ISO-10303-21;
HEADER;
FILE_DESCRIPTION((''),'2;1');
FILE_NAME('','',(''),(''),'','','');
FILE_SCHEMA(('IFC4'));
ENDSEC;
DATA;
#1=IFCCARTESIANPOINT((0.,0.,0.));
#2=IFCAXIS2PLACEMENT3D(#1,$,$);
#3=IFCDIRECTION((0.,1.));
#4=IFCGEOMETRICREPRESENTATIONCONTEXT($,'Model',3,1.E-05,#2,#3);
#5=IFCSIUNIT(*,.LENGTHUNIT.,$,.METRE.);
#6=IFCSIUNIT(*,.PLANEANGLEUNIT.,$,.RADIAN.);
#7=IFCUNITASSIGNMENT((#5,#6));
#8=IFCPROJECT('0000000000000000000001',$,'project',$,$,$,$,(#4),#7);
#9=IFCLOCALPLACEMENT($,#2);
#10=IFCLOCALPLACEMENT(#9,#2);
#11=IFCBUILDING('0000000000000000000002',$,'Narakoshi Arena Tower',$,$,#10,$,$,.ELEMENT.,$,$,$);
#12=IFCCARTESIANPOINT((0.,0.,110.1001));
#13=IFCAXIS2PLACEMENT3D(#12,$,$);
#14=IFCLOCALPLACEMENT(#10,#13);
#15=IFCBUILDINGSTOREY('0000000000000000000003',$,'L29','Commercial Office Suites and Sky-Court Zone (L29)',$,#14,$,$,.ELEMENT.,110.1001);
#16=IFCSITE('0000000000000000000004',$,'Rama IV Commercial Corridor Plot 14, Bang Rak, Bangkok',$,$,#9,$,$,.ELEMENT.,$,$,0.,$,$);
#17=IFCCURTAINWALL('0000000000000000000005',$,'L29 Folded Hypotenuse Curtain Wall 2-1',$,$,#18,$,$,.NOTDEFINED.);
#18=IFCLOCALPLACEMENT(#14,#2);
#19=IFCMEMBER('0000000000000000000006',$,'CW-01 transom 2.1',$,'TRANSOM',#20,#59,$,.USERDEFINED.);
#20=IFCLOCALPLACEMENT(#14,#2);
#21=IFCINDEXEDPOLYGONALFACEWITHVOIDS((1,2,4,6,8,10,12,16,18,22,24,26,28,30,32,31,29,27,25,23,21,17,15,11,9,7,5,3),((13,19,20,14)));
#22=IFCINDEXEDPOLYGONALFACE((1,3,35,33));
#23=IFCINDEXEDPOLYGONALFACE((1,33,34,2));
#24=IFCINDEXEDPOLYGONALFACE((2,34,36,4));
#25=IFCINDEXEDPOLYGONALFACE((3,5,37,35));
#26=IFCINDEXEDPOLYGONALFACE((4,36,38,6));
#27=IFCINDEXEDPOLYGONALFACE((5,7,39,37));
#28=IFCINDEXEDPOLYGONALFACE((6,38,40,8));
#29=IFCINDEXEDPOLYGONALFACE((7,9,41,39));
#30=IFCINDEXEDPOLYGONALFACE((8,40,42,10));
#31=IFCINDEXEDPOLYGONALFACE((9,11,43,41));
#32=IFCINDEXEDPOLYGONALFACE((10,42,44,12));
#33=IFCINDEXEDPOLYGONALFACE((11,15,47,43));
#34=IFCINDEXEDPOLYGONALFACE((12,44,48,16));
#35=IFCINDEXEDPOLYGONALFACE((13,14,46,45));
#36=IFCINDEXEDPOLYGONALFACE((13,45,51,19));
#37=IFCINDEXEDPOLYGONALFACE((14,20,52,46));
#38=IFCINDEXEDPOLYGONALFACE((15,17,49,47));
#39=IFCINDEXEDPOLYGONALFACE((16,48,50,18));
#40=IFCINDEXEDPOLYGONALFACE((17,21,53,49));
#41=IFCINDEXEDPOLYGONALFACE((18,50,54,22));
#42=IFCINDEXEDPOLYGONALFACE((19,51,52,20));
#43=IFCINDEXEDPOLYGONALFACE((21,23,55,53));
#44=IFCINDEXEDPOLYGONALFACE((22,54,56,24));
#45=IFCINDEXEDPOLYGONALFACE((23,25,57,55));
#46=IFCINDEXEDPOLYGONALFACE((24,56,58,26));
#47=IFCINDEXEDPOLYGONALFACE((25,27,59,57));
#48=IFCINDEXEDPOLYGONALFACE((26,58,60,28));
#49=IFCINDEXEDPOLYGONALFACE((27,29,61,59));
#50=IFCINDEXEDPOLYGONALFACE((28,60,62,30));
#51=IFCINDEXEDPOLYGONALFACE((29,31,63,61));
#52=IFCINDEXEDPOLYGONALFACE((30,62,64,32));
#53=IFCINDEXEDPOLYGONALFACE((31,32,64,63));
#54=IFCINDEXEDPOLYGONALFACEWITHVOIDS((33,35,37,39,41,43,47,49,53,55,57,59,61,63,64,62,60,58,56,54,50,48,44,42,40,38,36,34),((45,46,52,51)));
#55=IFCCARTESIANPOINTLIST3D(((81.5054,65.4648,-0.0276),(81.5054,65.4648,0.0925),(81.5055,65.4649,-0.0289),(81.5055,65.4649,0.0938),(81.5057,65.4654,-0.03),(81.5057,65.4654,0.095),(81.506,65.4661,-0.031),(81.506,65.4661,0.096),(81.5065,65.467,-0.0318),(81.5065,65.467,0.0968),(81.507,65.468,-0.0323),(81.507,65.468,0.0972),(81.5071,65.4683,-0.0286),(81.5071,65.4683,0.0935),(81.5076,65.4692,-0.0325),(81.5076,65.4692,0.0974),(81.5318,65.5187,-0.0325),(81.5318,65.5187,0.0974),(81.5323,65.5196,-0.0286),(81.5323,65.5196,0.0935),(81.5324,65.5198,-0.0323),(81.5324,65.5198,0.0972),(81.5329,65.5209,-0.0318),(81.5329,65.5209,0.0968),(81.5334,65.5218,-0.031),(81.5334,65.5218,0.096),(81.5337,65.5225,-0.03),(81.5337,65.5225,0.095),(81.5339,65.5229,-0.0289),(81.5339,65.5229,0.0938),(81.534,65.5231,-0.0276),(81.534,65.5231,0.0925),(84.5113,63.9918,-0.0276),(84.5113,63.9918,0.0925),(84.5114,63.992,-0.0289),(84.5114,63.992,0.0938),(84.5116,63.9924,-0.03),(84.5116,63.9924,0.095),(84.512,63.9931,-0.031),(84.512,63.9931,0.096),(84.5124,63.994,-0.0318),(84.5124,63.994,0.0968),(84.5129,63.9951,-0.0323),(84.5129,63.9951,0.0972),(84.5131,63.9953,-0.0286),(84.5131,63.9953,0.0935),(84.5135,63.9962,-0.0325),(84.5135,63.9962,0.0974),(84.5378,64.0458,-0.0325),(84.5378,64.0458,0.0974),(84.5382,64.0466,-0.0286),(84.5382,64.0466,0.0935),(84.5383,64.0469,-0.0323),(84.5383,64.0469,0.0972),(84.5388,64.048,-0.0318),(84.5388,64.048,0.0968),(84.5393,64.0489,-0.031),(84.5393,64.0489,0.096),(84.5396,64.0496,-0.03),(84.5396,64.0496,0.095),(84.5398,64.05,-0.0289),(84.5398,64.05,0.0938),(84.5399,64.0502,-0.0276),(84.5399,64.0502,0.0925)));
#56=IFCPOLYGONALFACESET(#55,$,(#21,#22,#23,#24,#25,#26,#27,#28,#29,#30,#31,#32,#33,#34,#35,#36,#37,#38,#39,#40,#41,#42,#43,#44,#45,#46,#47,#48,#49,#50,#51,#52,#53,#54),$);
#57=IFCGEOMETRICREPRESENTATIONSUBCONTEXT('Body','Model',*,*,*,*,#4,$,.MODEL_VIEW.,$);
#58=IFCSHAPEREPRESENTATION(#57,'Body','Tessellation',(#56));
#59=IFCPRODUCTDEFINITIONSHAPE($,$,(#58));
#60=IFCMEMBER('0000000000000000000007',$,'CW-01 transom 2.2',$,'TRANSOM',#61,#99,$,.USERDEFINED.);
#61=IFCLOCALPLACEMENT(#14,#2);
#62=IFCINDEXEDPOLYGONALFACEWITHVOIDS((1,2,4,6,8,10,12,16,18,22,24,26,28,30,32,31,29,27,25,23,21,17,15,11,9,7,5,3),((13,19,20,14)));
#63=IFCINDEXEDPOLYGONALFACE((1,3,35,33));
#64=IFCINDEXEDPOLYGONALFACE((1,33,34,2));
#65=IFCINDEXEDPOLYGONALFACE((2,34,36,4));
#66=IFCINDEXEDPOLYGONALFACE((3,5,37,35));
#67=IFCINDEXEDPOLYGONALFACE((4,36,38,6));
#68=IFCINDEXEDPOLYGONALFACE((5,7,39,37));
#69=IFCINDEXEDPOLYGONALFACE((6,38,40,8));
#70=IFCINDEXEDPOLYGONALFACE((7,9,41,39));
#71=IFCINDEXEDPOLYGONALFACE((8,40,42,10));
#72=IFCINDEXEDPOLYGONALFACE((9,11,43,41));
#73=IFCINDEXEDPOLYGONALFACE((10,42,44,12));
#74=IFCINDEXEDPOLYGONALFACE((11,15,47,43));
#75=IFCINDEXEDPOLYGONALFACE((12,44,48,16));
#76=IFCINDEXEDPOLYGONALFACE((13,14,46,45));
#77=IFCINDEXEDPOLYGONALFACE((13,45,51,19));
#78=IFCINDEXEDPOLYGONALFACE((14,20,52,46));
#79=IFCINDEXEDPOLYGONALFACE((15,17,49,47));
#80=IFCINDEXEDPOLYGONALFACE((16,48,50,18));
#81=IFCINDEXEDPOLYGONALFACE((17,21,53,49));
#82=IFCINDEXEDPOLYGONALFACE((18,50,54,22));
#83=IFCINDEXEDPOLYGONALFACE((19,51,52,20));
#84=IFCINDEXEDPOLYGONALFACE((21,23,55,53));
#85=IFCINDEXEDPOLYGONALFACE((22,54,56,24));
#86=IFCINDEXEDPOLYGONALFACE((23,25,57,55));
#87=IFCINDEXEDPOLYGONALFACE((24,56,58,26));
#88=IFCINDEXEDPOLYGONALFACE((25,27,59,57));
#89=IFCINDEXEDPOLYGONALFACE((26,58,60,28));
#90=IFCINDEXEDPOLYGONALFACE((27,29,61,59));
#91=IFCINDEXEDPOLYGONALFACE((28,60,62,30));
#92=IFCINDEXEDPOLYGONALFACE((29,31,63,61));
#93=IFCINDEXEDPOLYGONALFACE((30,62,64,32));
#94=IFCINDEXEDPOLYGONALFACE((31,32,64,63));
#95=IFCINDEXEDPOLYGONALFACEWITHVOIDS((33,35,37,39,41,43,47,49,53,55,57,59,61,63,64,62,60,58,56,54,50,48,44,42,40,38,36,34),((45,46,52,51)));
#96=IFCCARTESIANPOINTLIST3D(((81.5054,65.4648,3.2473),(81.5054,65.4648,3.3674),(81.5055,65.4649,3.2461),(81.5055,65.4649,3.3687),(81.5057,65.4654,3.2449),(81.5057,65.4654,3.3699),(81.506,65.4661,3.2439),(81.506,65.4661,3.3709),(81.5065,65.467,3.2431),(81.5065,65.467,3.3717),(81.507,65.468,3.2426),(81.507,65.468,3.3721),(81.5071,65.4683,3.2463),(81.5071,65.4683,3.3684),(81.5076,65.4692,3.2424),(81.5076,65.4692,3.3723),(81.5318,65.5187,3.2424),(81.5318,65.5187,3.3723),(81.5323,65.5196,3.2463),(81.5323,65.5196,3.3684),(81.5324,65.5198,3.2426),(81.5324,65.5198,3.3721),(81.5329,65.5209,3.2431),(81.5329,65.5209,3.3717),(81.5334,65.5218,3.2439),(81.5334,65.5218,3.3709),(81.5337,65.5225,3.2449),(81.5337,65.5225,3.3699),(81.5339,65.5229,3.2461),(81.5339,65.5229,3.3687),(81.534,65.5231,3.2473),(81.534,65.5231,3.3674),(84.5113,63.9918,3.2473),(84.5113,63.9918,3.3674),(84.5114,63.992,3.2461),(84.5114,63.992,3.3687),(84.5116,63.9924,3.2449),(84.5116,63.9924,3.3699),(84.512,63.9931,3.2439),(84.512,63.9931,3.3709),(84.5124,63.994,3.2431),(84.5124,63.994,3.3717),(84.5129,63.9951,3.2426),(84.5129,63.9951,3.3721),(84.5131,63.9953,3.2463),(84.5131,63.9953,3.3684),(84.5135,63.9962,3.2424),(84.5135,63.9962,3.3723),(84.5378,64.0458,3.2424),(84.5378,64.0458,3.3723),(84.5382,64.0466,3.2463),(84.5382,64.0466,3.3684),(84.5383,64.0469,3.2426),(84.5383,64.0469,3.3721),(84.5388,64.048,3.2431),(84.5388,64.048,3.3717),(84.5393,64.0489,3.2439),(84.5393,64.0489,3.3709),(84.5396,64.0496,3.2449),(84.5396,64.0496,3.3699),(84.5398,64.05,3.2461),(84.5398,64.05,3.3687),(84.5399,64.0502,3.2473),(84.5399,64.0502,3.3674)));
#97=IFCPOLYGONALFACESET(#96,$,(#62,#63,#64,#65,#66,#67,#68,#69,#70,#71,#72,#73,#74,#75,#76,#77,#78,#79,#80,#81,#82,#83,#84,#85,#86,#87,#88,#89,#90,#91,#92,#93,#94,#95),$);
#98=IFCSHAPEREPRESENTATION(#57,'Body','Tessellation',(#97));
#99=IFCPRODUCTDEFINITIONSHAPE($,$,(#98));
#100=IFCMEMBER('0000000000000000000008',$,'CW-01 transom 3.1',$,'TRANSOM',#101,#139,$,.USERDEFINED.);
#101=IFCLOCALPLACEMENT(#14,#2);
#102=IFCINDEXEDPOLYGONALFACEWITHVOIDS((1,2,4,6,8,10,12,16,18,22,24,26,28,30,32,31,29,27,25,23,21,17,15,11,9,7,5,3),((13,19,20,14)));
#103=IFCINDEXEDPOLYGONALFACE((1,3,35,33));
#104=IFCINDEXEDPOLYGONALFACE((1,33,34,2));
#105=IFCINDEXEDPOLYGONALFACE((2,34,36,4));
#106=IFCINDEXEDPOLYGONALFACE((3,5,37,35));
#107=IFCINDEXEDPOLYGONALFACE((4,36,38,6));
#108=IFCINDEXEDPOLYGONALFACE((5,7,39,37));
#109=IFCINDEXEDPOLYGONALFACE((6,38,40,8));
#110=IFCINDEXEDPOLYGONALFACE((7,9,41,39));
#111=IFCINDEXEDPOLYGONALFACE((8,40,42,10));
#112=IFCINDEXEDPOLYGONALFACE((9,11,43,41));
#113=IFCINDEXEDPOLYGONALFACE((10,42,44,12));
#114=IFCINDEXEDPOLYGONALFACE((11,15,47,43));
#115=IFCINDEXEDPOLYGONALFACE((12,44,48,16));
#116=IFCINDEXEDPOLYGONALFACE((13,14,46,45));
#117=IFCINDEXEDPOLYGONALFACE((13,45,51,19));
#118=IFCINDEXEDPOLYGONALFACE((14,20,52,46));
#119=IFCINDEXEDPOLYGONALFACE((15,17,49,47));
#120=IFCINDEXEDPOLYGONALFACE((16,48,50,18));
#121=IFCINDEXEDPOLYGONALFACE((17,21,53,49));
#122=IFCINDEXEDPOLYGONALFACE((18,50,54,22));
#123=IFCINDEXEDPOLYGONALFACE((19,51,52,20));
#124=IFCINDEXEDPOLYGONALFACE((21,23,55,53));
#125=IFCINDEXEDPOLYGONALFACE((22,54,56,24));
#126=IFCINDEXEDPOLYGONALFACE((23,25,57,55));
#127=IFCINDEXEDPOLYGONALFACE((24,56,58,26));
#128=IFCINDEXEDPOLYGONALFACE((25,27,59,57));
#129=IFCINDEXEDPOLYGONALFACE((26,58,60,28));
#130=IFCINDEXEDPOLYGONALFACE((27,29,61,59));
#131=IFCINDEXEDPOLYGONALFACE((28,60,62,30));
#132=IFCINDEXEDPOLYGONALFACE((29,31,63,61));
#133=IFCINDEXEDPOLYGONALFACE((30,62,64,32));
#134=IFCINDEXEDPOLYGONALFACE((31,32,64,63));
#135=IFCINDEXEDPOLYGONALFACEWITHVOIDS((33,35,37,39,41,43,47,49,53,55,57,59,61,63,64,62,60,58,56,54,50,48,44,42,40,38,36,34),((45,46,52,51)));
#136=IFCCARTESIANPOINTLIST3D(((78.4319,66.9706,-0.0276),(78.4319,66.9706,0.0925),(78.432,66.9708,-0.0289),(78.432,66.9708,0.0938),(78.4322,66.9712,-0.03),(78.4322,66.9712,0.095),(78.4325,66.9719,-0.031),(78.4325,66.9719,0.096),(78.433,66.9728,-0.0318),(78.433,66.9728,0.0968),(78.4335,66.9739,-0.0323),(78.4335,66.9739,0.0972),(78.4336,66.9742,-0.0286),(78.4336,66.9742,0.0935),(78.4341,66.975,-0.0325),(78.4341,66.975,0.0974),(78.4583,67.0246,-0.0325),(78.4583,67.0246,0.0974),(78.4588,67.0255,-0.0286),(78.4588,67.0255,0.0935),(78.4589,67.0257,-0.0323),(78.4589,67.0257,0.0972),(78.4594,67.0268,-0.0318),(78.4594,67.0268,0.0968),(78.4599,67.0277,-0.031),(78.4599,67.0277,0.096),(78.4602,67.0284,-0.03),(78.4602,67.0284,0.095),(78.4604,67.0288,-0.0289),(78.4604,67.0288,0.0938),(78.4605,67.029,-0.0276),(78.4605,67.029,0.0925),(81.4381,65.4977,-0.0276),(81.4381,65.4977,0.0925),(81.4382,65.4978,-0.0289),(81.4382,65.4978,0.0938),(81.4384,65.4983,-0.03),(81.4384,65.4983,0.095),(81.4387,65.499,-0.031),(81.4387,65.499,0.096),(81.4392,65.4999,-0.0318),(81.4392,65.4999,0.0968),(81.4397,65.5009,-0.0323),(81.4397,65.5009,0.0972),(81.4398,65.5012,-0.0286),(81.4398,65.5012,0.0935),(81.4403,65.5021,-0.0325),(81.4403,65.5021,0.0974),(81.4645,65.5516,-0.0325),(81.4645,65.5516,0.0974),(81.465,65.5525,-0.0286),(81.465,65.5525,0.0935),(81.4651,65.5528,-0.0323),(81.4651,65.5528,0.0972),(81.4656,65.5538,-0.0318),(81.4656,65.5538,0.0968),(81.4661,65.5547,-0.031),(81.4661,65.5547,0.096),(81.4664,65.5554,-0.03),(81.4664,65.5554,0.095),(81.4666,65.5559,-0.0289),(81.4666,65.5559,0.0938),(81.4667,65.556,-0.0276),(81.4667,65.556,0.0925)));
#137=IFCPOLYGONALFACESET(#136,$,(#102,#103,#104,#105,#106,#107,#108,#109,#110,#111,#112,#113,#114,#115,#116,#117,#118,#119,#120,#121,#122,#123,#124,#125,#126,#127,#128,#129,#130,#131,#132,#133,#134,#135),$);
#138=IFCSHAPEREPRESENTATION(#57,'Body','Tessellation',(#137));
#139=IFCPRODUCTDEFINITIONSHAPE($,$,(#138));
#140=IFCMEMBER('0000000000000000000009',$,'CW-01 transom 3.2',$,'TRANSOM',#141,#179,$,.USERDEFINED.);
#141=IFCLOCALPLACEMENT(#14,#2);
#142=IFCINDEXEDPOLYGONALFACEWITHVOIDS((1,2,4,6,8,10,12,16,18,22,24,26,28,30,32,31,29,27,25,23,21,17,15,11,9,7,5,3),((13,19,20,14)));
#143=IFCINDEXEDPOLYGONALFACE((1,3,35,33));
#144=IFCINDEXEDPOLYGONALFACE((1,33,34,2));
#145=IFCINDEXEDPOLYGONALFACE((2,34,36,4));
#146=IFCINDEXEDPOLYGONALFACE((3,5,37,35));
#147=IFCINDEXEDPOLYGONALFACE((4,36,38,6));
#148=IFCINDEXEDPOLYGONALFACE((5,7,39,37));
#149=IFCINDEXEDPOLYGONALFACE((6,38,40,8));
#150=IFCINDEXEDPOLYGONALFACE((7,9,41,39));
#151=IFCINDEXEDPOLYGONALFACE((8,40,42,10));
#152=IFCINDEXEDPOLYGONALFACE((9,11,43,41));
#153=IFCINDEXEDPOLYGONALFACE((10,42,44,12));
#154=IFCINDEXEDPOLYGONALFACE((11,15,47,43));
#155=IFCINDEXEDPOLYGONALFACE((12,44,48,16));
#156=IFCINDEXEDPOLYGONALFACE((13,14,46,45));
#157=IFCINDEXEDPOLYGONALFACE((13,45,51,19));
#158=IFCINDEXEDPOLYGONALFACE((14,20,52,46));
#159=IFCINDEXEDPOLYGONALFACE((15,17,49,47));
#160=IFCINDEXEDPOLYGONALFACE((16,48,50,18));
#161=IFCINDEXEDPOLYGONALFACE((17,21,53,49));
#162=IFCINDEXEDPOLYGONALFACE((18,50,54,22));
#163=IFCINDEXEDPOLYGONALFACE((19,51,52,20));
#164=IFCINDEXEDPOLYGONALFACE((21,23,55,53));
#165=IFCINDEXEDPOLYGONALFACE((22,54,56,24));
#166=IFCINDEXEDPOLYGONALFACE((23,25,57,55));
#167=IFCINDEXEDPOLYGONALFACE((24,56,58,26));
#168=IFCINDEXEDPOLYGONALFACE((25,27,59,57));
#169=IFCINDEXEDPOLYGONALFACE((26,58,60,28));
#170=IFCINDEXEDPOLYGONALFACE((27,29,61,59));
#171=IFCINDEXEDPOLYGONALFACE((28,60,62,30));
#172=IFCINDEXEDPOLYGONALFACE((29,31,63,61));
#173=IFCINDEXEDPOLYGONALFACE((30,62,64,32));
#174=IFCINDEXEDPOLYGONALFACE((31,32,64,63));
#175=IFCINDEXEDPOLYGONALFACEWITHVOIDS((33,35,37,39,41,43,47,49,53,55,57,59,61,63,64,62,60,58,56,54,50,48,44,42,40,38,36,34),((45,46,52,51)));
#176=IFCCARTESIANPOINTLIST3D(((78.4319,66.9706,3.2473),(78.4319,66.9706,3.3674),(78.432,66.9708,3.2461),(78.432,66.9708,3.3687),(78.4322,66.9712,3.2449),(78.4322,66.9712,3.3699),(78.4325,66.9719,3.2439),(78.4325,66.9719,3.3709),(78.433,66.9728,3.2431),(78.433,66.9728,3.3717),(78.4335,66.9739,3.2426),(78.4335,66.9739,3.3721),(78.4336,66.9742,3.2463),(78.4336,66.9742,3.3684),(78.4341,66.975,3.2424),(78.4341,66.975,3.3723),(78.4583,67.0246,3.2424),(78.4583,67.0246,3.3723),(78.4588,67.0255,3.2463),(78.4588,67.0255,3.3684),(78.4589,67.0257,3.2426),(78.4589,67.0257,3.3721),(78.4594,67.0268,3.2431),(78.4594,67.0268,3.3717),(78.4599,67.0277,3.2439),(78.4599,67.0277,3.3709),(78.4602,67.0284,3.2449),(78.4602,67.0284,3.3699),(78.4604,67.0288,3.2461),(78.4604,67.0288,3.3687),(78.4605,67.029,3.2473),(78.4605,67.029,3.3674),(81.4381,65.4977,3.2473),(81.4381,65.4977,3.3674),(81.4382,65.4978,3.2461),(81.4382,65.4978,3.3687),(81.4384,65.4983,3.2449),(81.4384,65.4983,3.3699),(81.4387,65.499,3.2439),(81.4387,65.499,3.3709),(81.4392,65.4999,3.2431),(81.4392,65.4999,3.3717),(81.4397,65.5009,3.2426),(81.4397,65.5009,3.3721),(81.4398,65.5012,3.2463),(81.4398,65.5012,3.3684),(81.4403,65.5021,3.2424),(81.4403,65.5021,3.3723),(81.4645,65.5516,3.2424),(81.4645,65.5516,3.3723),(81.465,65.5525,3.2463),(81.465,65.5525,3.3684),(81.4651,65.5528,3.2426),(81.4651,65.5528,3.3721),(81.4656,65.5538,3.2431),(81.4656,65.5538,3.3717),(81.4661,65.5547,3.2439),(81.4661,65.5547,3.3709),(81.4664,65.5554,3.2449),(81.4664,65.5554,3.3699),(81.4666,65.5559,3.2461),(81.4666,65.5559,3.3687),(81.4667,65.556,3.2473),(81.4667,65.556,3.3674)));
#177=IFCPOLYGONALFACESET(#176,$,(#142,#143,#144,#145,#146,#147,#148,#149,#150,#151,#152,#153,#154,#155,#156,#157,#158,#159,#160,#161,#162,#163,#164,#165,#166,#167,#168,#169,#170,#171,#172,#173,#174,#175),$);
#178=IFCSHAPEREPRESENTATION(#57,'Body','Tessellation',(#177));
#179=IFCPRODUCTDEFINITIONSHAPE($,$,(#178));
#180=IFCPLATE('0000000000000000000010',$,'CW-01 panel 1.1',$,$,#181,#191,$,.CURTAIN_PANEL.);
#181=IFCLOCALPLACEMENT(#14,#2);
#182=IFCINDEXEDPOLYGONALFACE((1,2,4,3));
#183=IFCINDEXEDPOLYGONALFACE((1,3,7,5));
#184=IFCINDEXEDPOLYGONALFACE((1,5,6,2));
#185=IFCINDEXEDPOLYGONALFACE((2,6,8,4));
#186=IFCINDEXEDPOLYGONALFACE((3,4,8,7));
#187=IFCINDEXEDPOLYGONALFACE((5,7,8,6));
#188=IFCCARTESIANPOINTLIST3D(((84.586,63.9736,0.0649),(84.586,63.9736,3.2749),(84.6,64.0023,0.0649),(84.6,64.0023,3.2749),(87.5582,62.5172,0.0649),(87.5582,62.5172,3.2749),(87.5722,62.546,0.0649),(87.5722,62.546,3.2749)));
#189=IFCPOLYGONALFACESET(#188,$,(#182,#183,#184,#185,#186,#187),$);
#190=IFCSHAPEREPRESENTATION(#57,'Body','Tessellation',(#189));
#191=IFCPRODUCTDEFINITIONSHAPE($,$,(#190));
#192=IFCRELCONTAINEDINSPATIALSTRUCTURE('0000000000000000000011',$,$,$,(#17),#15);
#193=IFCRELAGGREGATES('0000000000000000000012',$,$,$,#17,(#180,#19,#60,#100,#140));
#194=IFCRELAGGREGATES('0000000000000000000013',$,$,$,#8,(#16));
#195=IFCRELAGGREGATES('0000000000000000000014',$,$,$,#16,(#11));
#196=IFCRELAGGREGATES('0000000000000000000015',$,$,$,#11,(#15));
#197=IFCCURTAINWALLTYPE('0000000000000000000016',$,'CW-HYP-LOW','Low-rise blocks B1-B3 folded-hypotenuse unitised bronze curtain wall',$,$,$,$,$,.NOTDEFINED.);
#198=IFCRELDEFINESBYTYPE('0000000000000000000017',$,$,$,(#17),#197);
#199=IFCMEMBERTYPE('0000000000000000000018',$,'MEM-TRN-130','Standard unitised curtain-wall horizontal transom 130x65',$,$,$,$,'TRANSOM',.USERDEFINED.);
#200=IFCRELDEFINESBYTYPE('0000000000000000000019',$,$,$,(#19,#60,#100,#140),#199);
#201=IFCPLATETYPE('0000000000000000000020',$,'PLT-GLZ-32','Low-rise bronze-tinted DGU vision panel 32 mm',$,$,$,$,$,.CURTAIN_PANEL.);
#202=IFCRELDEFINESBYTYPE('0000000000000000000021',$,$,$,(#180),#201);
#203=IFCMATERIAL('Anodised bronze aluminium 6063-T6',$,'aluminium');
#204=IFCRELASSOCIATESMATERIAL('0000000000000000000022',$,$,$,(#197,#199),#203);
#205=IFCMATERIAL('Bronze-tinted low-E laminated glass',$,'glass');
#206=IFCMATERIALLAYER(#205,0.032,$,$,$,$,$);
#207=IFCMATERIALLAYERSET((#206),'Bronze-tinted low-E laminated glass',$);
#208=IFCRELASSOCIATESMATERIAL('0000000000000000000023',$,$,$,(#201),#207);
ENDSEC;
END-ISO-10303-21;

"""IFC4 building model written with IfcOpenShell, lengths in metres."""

from ifc_helpers import new_model, si_unit, direction, frame, origin, origin_2d, place, context, subcontext, project, spatial, rectangle, hollow_rectangle, extrude, material, layer, layer_set, material_profile, profile_set, type_object, element, aggregate, save


model = new_model("IFC4")

# Units and contexts
model_context = context("Model", 3, precision=1e-05, world=origin(), true_north=direction((0.0, 1.0)))
body_context = subcontext(model_context, "Body", "Model", "MODEL_VIEW")
ifc_project = project(units=[si_unit("LENGTHUNIT", "METRE"), si_unit("PLANEANGLEUNIT", "RADIAN")], contexts=[model_context])

# Site, building, storey
site_placement = place(None, origin())
site = spatial("IfcSite", under=ifc_project, at=site_placement, Name="Rama IV Commercial Corridor Plot 14, Bang Rak, Bangkok", CompositionType="ELEMENT", RefElevation=0.0)
building_placement = place(site_placement, origin())
building = spatial("IfcBuilding", under=site, at=building_placement, Name="Narakoshi Arena Tower", CompositionType="ELEMENT")
storey_placement = place(building_placement, frame((0.0, 0.0, 110.1001)))
storey = spatial("IfcBuildingStorey", under=building, at=storey_placement, Name="L29", Description="Commercial Office Suites and Sky-Court Zone (L29)", CompositionType="ELEMENT", Elevation=110.1001)

# Curtain wall, members, plate
ifc_material_1 = material(Name="Anodised bronze aluminium 6063-T6", Category="aluminium")
curtain_wall_type = type_object("IfcCurtainWallType", Name="CW-HYP-LOW", Description="Low-rise blocks B1-B3 folded-hypotenuse unitised bronze curtain wall", PredefinedType="NOTDEFINED", material=ifc_material_1)
curtain_wall_placement = place(storey_placement, origin())
curtain_wall = element("IfcCurtainWall", 1, at=curtain_wall_placement, inside=storey, type_object=curtain_wall_type, Name="L29 Folded Hypotenuse Curtain Wall 2-1", PredefinedType="NOTDEFINED")
ifc_material_profile_1 = material_profile(ifc_material_1, hollow_rectangle(XDim=0.0649, YDim=0.1299, WallThickness=0.0039, OuterFilletRadius=0.0049, at=origin_2d()), Name="TRN130x65x4")
ifc_profile_set_1 = profile_set([ifc_material_profile_1], Name="Anodised bronze aluminium 6063-T6")
member_type_1 = type_object("IfcMemberType", Name="MEM-TRN-130", Description="Standard unitised curtain-wall horizontal transom 130x65", ElementType="TRANSOM", PredefinedType="USERDEFINED", material=ifc_profile_set_1)
member_1_placement = place(storey_placement, frame((84.5256, 64.021, 0.0325), z_axis=(-0.897987, 0.440022, 0.0), x_axis=(-0.440022, -0.897987, 0.0)))
member_1 = element("IfcMember", 2, at=member_1_placement, type_object=member_type_1, Name="CW-01 transom 2.1", ObjectType="TRANSOM", PredefinedType="USERDEFINED", context=body_context, shape_type="SweptSolid", body=[
    extrude(hollow_rectangle(XDim=0.0649, YDim=0.1299, WallThickness=0.0039, OuterFilletRadius=0.0049, at=origin_2d()), origin(), (0.0, 0.0, 1.0), 3.3474),
])
member_2_placement = place(storey_placement, frame((84.5256, 64.021, 3.3074), z_axis=(-0.897987, 0.440022, 0.0), x_axis=(-0.440022, -0.897987, 0.0)))
member_2 = element("IfcMember", 3, at=member_2_placement, type_object=member_type_1, Name="CW-01 transom 2.2", ObjectType="TRANSOM", PredefinedType="USERDEFINED", context=body_context, shape_type="SweptSolid", body=[
    extrude(hollow_rectangle(XDim=0.0649, YDim=0.1299, WallThickness=0.0039, OuterFilletRadius=0.0049, at=origin_2d()), origin(), (0.0, 0.0, 1.0), 3.3474),
])
member_3_placement = place(storey_placement, frame((81.4524, 65.5269, 0.0325), z_axis=(-0.898001, 0.439993, 0.0), x_axis=(-0.439993, -0.898001, 0.0)))
member_3 = element("IfcMember", 4, at=member_3_placement, type_object=member_type_1, Name="CW-01 transom 3.1", ObjectType="TRANSOM", PredefinedType="USERDEFINED", context=body_context, shape_type="SweptSolid", body=[
    extrude(hollow_rectangle(XDim=0.0649, YDim=0.1299, WallThickness=0.0039, OuterFilletRadius=0.0049, at=origin_2d()), origin(), (0.0, 0.0, 1.0), 3.3477),
])
member_4_placement = place(storey_placement, frame((81.4524, 65.5269, 3.3074), z_axis=(-0.898001, 0.439993, 0.0), x_axis=(-0.439993, -0.898001, 0.0)))
member_4 = element("IfcMember", 5, at=member_4_placement, type_object=member_type_1, Name="CW-01 transom 3.2", ObjectType="TRANSOM", PredefinedType="USERDEFINED", context=body_context, shape_type="SweptSolid", body=[
    extrude(hollow_rectangle(XDim=0.0649, YDim=0.1299, WallThickness=0.0039, OuterFilletRadius=0.0049, at=origin_2d()), origin(), (0.0, 0.0, 1.0), 3.3477),
])
ifc_material_2 = material(Name="Bronze-tinted low-E laminated glass", Category="glass")
ifc_layer_1 = layer(ifc_material_2, 0.032)
ifc_layer_set_1 = layer_set([ifc_layer_1], Name="Bronze-tinted low-E laminated glass")
plate_type = type_object("IfcPlateType", Name="PLT-GLZ-32", Description="Low-rise bronze-tinted DGU vision panel 32 mm", PredefinedType="CURTAIN_PANEL", material=ifc_layer_set_1)
plate_1_placement = place(storey_placement, frame((86.0791, 63.2598, 0.0649), z_axis=(0.0, 0.0, 1.0), x_axis=(-0.897996, 0.440005, 0.0)))
plate_1 = element("IfcPlate", 6, at=plate_1_placement, type_object=plate_type, Name="CW-01 panel 1.1", PredefinedType="CURTAIN_PANEL", context=body_context, shape_type="SweptSolid", body=[
    extrude(rectangle(XDim=3.3098, YDim=0.032, at=origin_2d()), origin(), (0.0, 0.0, 1.0), 3.21),
])
aggregate(curtain_wall, [plate_1, member_1, member_2, member_3, member_4])

save(model, "model.ifc")
